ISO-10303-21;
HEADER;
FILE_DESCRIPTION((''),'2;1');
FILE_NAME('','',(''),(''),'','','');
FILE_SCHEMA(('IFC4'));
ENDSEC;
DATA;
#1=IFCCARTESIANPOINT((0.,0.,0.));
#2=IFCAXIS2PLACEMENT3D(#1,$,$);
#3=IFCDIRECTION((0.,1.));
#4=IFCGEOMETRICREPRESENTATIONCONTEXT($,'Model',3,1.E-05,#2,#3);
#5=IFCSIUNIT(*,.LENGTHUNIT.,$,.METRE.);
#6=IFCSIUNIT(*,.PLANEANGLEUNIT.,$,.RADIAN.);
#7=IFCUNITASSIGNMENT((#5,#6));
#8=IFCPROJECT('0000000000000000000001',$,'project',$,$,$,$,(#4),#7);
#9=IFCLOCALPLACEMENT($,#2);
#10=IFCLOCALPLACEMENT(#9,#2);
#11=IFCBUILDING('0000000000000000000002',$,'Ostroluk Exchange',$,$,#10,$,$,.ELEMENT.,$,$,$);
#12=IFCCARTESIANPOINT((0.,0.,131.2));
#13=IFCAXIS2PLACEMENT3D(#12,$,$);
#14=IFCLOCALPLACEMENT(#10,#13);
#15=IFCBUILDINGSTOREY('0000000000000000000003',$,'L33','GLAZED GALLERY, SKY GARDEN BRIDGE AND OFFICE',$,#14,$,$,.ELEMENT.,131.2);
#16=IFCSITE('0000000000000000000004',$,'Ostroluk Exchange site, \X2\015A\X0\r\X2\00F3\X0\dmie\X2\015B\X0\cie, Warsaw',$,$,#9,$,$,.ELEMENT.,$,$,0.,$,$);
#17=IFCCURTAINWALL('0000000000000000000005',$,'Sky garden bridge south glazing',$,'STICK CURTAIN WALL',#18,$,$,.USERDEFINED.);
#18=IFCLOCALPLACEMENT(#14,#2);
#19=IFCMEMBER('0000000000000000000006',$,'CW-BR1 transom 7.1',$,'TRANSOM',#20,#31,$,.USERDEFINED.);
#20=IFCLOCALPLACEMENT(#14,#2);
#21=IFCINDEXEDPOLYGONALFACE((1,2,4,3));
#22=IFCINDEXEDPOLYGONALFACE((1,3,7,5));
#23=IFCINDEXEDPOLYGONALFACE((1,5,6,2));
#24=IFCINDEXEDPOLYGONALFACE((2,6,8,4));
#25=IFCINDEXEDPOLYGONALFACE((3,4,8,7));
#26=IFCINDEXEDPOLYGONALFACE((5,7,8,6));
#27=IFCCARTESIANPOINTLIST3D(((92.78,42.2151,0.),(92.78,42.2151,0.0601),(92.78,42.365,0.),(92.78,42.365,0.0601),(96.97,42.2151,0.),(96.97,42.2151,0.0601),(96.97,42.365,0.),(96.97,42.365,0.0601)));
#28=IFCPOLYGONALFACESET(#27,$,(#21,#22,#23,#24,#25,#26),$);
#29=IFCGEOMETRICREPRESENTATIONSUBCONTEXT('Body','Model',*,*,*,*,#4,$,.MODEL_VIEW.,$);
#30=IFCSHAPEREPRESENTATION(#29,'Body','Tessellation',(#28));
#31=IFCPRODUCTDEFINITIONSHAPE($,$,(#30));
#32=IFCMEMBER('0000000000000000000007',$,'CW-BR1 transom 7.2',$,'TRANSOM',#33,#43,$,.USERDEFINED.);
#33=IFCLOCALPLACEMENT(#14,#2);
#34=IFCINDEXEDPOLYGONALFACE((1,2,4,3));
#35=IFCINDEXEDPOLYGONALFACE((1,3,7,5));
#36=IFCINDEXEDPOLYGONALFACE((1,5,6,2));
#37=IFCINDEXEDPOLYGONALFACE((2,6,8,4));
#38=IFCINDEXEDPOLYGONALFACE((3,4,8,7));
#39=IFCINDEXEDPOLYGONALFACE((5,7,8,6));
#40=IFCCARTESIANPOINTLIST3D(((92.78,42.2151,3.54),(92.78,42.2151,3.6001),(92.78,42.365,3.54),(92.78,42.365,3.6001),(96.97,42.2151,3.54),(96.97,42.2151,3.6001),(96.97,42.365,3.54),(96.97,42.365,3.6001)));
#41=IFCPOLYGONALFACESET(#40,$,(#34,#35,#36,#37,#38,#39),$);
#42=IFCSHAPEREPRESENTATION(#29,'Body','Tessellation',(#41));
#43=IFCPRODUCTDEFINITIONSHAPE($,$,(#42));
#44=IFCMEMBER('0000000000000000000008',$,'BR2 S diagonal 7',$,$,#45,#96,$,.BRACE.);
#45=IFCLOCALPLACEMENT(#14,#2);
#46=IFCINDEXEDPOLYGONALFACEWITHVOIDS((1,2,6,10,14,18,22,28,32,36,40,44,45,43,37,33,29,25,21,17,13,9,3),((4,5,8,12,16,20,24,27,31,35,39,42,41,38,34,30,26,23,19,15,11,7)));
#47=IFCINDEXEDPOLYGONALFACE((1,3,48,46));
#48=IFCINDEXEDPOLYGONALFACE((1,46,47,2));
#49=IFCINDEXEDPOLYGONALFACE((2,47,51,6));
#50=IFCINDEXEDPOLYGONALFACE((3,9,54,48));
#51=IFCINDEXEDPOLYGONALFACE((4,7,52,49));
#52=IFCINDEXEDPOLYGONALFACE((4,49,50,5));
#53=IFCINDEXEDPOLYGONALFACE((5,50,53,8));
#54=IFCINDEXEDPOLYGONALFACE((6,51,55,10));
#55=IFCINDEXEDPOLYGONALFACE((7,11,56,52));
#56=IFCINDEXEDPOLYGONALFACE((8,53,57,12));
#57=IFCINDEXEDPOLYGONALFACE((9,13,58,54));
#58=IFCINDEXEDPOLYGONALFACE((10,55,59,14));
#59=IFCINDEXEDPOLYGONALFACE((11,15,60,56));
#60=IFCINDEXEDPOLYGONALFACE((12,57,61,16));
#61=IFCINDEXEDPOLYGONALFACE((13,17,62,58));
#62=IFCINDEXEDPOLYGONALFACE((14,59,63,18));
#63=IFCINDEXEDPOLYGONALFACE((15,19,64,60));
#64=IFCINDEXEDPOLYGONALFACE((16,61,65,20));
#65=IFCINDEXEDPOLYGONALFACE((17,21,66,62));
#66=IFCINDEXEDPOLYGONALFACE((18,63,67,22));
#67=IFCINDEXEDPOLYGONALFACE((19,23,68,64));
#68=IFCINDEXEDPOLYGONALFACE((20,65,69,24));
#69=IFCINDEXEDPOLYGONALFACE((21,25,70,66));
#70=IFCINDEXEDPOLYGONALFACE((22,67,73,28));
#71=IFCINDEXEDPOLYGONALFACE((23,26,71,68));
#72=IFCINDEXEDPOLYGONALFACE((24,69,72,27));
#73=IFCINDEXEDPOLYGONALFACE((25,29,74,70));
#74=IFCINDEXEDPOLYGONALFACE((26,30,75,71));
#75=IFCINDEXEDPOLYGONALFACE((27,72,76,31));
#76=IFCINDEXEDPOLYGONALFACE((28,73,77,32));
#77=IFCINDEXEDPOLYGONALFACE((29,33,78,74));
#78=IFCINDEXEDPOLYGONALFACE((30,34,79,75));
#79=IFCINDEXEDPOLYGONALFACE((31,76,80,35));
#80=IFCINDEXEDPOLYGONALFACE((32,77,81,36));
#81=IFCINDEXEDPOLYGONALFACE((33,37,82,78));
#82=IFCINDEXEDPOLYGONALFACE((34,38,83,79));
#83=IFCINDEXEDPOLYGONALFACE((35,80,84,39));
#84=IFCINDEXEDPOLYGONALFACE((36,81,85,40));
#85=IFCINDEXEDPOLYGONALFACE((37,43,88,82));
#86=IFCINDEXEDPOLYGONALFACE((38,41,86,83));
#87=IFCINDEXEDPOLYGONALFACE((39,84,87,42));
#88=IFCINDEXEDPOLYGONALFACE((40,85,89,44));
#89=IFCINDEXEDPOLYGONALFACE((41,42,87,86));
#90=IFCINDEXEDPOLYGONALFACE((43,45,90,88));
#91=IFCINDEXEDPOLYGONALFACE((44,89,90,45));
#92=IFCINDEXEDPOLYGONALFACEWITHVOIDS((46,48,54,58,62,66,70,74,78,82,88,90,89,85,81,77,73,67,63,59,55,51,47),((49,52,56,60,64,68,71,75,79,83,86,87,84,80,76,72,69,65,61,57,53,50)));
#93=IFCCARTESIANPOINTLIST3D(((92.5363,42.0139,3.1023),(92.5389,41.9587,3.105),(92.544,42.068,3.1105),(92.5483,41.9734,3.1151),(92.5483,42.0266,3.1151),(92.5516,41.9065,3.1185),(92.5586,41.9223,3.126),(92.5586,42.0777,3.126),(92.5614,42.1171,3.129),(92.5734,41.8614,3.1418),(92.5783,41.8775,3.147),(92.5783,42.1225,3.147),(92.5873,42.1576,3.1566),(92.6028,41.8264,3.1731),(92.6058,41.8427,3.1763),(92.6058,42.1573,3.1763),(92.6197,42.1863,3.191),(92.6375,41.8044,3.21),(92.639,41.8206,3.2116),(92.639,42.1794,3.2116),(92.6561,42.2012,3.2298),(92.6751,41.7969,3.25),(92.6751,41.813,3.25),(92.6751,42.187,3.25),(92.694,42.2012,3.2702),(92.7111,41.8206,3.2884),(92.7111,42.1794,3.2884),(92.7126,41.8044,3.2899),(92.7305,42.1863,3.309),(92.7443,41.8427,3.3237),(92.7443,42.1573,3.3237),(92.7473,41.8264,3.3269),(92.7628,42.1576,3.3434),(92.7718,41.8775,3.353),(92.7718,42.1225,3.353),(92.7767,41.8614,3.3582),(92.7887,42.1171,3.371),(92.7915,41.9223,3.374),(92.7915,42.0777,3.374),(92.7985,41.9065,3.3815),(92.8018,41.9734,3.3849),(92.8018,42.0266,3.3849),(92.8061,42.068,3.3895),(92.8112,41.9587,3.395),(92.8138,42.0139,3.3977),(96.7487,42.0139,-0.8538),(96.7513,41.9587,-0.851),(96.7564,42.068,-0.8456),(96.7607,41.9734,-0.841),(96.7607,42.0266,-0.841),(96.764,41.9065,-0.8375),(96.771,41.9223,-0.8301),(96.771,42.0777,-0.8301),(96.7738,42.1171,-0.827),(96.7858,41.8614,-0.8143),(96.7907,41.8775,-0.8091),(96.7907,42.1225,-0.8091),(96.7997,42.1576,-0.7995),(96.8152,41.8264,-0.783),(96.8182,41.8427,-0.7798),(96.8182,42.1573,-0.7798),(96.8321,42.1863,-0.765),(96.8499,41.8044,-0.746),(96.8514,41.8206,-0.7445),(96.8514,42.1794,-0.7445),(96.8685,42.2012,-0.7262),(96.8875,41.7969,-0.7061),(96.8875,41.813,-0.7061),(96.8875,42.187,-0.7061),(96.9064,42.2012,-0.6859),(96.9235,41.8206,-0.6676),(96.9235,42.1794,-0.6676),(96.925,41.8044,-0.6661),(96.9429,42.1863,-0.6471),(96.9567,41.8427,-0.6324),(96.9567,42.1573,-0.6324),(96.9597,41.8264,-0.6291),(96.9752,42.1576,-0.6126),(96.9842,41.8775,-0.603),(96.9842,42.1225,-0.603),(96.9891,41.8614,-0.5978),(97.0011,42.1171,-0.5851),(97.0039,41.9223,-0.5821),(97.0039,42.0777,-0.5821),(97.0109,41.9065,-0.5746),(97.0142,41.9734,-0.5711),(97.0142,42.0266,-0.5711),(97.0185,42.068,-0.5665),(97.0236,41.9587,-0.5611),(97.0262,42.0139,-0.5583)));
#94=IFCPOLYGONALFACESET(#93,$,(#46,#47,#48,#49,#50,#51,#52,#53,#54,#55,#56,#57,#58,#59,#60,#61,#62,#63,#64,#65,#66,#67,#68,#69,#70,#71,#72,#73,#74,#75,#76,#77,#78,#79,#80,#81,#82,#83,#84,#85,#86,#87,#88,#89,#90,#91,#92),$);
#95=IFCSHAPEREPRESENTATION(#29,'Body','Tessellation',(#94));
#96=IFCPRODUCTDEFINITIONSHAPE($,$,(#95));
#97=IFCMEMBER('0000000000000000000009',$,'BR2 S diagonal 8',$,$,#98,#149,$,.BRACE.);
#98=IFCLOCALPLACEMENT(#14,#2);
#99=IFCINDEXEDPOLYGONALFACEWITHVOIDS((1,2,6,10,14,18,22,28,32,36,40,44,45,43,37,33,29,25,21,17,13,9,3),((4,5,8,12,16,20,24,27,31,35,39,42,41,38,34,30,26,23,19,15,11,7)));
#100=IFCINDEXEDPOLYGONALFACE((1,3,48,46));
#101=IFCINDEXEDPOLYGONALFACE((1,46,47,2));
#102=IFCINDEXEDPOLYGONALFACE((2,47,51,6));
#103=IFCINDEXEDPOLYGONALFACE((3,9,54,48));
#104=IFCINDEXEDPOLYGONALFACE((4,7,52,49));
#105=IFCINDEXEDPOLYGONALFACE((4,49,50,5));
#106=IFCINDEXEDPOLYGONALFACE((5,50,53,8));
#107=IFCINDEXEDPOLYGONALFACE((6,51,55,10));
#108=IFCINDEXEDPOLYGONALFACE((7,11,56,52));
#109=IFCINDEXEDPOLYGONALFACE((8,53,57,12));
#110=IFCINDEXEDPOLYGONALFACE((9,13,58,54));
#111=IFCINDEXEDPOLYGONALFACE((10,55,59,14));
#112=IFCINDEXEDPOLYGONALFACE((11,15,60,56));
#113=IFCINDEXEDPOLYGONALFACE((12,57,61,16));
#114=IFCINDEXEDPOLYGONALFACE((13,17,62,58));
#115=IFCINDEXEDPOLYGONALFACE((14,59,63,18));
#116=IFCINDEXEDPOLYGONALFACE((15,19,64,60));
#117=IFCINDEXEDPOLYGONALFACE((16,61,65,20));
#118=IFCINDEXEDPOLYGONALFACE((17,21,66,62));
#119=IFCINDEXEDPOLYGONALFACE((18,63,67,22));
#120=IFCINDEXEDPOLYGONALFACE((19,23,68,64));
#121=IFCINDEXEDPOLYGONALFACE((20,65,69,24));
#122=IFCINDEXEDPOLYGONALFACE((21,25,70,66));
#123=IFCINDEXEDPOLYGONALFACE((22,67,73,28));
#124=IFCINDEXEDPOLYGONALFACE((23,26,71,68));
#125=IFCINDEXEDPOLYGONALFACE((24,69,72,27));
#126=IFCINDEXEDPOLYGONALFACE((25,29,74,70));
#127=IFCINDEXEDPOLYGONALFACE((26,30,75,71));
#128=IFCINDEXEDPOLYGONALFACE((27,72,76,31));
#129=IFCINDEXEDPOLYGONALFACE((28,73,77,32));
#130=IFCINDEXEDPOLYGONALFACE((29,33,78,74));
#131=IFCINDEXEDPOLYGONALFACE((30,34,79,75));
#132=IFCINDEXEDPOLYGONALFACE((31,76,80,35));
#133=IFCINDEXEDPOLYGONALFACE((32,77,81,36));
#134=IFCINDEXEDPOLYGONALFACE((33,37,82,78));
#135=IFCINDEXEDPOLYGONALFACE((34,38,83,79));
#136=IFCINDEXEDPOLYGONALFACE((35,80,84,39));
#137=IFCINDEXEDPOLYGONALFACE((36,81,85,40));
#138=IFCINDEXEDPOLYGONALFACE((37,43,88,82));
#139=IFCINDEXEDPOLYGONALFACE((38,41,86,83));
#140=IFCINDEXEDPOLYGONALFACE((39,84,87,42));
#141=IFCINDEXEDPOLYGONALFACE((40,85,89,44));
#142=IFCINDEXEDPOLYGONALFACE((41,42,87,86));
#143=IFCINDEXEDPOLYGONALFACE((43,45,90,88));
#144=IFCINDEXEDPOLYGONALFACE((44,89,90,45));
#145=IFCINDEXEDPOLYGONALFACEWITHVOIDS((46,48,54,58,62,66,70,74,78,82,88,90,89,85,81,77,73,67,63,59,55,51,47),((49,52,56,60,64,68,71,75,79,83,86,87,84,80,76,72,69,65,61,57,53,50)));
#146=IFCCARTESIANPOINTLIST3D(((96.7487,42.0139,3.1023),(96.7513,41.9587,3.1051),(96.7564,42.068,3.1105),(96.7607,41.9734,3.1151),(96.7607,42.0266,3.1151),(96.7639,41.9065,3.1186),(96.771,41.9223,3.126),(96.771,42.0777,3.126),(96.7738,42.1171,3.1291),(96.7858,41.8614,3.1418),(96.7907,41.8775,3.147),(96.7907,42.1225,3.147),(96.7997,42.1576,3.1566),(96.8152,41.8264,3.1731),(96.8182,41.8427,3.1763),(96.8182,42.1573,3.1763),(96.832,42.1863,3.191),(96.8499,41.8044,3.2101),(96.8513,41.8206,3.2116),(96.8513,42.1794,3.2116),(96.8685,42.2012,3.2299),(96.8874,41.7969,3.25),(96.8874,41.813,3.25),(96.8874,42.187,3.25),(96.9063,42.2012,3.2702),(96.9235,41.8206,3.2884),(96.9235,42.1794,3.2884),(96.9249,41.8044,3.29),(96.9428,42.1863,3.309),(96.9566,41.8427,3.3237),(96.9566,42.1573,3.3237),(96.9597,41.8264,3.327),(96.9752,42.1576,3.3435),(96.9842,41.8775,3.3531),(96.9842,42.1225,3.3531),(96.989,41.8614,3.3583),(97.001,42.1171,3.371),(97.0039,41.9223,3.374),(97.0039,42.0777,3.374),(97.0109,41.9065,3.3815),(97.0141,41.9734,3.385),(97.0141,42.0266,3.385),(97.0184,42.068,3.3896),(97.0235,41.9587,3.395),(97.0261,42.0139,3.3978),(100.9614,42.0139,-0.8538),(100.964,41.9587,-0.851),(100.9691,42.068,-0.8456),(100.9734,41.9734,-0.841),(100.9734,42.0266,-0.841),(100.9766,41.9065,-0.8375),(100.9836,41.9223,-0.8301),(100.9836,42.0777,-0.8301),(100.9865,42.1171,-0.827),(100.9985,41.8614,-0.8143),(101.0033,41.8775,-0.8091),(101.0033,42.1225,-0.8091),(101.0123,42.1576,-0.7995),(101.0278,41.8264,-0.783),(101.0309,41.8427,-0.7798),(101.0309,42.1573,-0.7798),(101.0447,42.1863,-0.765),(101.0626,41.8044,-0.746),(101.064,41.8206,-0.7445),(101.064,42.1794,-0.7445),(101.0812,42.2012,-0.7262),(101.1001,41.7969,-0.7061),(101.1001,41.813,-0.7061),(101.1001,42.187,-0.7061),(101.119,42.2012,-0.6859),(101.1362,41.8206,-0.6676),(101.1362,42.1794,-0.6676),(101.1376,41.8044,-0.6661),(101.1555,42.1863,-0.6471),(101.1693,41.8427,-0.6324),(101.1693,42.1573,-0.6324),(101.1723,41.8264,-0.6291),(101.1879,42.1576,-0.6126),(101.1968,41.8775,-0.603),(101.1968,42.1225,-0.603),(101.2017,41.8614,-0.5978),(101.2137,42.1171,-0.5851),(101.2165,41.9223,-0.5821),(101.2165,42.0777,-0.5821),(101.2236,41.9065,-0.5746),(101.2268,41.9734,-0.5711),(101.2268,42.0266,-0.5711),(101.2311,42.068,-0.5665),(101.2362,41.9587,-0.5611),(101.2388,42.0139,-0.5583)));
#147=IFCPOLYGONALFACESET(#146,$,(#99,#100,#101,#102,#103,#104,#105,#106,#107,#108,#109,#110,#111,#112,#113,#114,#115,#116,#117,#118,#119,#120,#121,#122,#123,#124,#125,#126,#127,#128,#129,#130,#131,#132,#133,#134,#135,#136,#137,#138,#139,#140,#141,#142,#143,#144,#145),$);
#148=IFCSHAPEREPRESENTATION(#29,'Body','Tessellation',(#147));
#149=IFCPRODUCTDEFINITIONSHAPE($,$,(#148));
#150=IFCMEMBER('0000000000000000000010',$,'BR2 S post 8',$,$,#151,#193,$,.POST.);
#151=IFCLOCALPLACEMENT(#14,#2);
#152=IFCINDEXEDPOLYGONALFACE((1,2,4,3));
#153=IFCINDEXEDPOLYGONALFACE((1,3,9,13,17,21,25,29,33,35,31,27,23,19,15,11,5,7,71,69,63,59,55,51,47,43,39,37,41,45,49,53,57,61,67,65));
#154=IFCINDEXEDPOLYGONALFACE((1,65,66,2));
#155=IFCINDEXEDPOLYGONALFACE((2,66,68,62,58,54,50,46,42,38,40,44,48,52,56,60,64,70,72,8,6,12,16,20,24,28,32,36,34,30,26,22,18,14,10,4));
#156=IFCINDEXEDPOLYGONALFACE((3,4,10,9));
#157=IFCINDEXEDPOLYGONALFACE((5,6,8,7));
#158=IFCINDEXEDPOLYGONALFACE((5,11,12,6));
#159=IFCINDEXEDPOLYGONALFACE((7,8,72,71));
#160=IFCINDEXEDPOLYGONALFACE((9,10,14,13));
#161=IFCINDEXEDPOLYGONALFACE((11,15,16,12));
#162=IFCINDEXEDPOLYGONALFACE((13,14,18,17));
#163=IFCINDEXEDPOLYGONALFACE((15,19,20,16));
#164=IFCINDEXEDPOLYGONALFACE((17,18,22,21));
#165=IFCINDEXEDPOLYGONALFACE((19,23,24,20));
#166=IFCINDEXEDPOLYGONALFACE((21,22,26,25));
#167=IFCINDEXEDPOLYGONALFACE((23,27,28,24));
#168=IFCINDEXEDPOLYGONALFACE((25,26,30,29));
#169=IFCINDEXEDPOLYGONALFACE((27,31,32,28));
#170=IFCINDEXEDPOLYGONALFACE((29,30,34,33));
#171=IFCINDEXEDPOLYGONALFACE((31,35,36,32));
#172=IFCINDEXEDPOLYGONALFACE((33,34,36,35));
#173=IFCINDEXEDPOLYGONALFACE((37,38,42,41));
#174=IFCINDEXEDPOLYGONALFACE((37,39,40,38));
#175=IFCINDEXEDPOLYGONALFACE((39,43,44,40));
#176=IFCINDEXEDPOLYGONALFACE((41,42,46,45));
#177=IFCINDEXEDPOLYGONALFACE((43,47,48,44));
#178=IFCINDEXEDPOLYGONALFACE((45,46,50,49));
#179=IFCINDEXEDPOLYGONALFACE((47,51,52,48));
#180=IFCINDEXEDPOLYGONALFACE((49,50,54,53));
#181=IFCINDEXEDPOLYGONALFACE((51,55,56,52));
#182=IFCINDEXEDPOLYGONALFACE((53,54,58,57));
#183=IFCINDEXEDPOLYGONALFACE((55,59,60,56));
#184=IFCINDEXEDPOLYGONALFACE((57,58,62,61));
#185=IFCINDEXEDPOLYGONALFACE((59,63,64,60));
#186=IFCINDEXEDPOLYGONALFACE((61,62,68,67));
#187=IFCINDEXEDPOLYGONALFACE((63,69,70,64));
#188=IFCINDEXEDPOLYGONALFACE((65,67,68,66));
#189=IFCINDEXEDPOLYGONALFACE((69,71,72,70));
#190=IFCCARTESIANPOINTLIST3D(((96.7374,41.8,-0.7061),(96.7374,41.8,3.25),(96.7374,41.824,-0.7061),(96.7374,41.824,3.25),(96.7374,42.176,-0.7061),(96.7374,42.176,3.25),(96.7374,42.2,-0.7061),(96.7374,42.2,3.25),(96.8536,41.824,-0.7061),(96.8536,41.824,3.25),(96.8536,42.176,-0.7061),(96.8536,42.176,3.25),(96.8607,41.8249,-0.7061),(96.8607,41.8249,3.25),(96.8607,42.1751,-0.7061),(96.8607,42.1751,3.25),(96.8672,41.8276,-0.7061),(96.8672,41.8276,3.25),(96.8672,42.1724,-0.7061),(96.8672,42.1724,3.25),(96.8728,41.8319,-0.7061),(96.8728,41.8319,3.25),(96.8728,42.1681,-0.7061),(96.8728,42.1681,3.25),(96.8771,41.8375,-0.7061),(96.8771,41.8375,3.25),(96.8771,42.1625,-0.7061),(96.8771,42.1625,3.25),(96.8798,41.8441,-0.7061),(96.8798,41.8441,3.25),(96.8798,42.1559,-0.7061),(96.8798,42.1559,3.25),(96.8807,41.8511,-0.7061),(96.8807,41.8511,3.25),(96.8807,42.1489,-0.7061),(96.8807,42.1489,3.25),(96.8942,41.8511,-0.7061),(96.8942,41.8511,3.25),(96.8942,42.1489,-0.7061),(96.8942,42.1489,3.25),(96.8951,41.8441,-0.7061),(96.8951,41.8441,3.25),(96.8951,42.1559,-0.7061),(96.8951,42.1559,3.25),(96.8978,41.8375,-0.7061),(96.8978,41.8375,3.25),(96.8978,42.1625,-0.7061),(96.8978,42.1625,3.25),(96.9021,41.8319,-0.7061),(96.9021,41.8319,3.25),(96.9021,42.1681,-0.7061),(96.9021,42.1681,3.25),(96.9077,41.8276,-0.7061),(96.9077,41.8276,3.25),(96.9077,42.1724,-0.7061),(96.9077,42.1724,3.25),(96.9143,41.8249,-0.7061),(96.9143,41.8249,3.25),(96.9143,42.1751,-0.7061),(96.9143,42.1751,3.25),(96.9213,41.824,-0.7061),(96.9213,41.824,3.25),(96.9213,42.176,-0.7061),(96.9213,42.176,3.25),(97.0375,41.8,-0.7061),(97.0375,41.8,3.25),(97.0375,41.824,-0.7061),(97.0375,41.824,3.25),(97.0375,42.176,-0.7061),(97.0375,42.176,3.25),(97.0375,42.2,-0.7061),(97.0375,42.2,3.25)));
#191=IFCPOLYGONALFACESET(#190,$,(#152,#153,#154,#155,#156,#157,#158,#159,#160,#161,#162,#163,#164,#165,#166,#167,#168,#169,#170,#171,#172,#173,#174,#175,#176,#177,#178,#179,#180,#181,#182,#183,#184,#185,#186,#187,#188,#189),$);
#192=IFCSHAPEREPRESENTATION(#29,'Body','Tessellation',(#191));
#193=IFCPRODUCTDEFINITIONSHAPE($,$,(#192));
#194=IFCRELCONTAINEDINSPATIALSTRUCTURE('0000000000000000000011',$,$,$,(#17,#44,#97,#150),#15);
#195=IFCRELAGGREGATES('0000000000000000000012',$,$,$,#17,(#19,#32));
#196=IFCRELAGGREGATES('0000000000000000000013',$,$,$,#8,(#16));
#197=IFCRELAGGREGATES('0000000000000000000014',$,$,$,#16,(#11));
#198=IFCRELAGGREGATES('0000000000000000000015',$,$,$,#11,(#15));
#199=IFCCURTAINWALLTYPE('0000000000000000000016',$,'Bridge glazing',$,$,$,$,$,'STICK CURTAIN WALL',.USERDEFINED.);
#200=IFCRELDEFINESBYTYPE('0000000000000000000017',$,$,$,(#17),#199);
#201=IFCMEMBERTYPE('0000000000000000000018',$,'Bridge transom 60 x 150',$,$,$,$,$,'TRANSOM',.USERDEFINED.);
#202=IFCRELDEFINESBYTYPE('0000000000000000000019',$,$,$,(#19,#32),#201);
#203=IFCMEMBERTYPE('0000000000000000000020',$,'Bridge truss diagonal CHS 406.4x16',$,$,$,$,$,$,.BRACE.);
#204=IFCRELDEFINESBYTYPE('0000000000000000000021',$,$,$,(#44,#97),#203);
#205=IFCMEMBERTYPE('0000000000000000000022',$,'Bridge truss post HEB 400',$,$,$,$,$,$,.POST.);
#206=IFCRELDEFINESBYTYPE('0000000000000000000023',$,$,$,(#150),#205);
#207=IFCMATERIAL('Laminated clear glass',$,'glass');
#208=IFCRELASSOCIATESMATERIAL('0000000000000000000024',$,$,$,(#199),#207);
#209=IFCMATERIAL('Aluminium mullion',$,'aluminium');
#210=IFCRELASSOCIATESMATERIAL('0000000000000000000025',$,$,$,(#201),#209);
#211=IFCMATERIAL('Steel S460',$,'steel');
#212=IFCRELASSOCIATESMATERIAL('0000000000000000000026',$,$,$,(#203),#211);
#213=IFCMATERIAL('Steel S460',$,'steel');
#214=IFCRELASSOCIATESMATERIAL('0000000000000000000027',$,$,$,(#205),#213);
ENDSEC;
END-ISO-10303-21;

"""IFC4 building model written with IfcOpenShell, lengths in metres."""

from ifc_helpers import new_model, si_unit, direction, frame, origin, origin_2d, place, context, subcontext, project, spatial, rectangle, hollow_circle, i_section, extrude, material, material_profile, profile_set, type_object, element, aggregate, save


model = new_model("IFC4")

# Units and contexts
model_context = context("Model", 3, precision=1e-05, world=origin(), true_north=direction((0.0, 1.0)))
body_context = subcontext(model_context, "Body", "Model", "MODEL_VIEW")
ifc_project = project(units=[si_unit("LENGTHUNIT", "METRE"), si_unit("PLANEANGLEUNIT", "RADIAN")], contexts=[model_context])

# Site, building, storey
site_placement = place(None, origin())
site = spatial("IfcSite", under=ifc_project, at=site_placement, Name="Ostroluk Exchange site, Śródmieście, Warsaw", CompositionType="ELEMENT", RefElevation=0.0)
building_placement = place(site_placement, origin())
building = spatial("IfcBuilding", under=site, at=building_placement, Name="Ostroluk Exchange", CompositionType="ELEMENT")
storey_placement = place(building_placement, frame((0.0, 0.0, 131.2)))
storey = spatial("IfcBuildingStorey", under=building, at=storey_placement, Name="L33", Description="GLAZED GALLERY, SKY GARDEN BRIDGE AND OFFICE", CompositionType="ELEMENT", Elevation=131.2)

# Curtain wall, members
ifc_material_1 = material(Name="Laminated clear glass", Category="glass")
curtain_wall_type = type_object("IfcCurtainWallType", Name="Bridge glazing", ElementType="STICK CURTAIN WALL", PredefinedType="USERDEFINED", material=ifc_material_1)
curtain_wall_placement = place(storey_placement, origin())
curtain_wall = element("IfcCurtainWall", 1, at=curtain_wall_placement, inside=storey, type_object=curtain_wall_type, Name="Sky garden bridge south glazing", ObjectType="STICK CURTAIN WALL", PredefinedType="USERDEFINED")
ifc_material_2 = material(Name="Aluminium mullion", Category="aluminium")
ifc_material_profile_1 = material_profile(ifc_material_2, rectangle(XDim=0.1499, YDim=0.0601, at=origin_2d()), Name="Bridge transom 60 x 150")
ifc_profile_set_1 = profile_set([ifc_material_profile_1], Name="Aluminium mullion")
member_type_1 = type_object("IfcMemberType", Name="Bridge transom 60 x 150", ElementType="TRANSOM", PredefinedType="USERDEFINED", material=ifc_profile_set_1)
member_1_placement = place(storey_placement, frame((92.78, 42.29, 0.03), z_axis=(1.0, 0.0, 0.0), x_axis=(0.0, 1.0, 0.0)))
member_1 = element("IfcMember", 2, at=member_1_placement, type_object=member_type_1, Name="CW-BR1 transom 7.1", ObjectType="TRANSOM", PredefinedType="USERDEFINED", context=body_context, shape_type="SweptSolid", body=[
    extrude(rectangle(XDim=0.1499, YDim=0.0601, at=origin_2d()), origin(), (0.0, 0.0, 1.0), 4.1899),
])
member_2_placement = place(storey_placement, frame((92.78, 42.29, 3.5701), z_axis=(1.0, 0.0, 0.0), x_axis=(0.0, 1.0, 0.0)))
member_2 = element("IfcMember", 3, at=member_2_placement, type_object=member_type_1, Name="CW-BR1 transom 7.2", ObjectType="TRANSOM", PredefinedType="USERDEFINED", context=body_context, shape_type="SweptSolid", body=[
    extrude(rectangle(XDim=0.1499, YDim=0.0601, at=origin_2d()), origin(), (0.0, 0.0, 1.0), 4.1899),
])

# Members
ifc_material_3 = material(Name="Steel S460", Category="steel")
ifc_material_profile_2 = material_profile(ifc_material_3, hollow_circle(Radius=0.2031, WallThickness=0.0161, at=origin_2d()), Name="CHS 406.4x16")
ifc_profile_set_2 = profile_set([ifc_material_profile_2], Name="Steel S460")
member_type_2 = type_object("IfcMemberType", Name="Bridge truss diagonal CHS 406.4x16", PredefinedType="BRACE", material=ifc_profile_set_2)
member_3_placement = place(storey_placement, frame((96.8875, 42.0, -0.7061), z_axis=(-0.728939, 0.0, 0.684579), x_axis=(0.0, -1.0, 0.0)))
element("IfcMember", 4, at=member_3_placement, inside=storey, type_object=member_type_2, Name="BR2 S diagonal 7", PredefinedType="BRACE", context=body_context, shape_type="SweptSolid", body=[
    extrude(hollow_circle(Radius=0.2031, WallThickness=0.0161, at=origin_2d()), origin(), (0.0, 0.0, 1.0), 5.7788),
])
member_4_placement = place(storey_placement, frame((101.1001, 42.0, -0.7061), z_axis=(-0.728959, 0.0, 0.684558), x_axis=(0.0, -1.0, 0.0)))
element("IfcMember", 5, at=member_4_placement, inside=storey, type_object=member_type_2, Name="BR2 S diagonal 8", PredefinedType="BRACE", context=body_context, shape_type="SweptSolid", body=[
    extrude(hollow_circle(Radius=0.2031, WallThickness=0.0161, at=origin_2d()), origin(), (0.0, 0.0, 1.0), 5.7791),
])
ifc_material_4 = material(Name="Steel S460", Category="steel")
ifc_material_profile_3 = material_profile(ifc_material_4, i_section(OverallWidth=0.3, OverallDepth=0.3999, WebThickness=0.0134, FlangeThickness=0.0239, FilletRadius=0.0271, at=origin_2d()), Name="HEB 400")
ifc_profile_set_3 = profile_set([ifc_material_profile_3], Name="Steel S460")
member_type_3 = type_object("IfcMemberType", Name="Bridge truss post HEB 400", PredefinedType="POST", material=ifc_profile_set_3)
for number, where, z_axis, x_axis, name in (
    (6, (96.8875, 42.0, -0.7061), (0.0, 0.0, 1.0), (1.0, 0.0, 0.0), "BR2 S post 8"),
):
    element("IfcMember", number, at=place(storey_placement, frame(where, z_axis=z_axis, x_axis=x_axis)), inside=storey, type_object=member_type_3, Name=name, PredefinedType="POST", context=body_context, shape_type="SweptSolid", body=[
        extrude(i_section(OverallWidth=0.3, OverallDepth=0.3999, WebThickness=0.0134, FlangeThickness=0.0239, FilletRadius=0.0271, at=origin_2d()), origin(), (0.0, 0.0, 1.0), 3.9561),
    ])

aggregate(curtain_wall, [member_1, member_2])

save(model, "model.ifc")
